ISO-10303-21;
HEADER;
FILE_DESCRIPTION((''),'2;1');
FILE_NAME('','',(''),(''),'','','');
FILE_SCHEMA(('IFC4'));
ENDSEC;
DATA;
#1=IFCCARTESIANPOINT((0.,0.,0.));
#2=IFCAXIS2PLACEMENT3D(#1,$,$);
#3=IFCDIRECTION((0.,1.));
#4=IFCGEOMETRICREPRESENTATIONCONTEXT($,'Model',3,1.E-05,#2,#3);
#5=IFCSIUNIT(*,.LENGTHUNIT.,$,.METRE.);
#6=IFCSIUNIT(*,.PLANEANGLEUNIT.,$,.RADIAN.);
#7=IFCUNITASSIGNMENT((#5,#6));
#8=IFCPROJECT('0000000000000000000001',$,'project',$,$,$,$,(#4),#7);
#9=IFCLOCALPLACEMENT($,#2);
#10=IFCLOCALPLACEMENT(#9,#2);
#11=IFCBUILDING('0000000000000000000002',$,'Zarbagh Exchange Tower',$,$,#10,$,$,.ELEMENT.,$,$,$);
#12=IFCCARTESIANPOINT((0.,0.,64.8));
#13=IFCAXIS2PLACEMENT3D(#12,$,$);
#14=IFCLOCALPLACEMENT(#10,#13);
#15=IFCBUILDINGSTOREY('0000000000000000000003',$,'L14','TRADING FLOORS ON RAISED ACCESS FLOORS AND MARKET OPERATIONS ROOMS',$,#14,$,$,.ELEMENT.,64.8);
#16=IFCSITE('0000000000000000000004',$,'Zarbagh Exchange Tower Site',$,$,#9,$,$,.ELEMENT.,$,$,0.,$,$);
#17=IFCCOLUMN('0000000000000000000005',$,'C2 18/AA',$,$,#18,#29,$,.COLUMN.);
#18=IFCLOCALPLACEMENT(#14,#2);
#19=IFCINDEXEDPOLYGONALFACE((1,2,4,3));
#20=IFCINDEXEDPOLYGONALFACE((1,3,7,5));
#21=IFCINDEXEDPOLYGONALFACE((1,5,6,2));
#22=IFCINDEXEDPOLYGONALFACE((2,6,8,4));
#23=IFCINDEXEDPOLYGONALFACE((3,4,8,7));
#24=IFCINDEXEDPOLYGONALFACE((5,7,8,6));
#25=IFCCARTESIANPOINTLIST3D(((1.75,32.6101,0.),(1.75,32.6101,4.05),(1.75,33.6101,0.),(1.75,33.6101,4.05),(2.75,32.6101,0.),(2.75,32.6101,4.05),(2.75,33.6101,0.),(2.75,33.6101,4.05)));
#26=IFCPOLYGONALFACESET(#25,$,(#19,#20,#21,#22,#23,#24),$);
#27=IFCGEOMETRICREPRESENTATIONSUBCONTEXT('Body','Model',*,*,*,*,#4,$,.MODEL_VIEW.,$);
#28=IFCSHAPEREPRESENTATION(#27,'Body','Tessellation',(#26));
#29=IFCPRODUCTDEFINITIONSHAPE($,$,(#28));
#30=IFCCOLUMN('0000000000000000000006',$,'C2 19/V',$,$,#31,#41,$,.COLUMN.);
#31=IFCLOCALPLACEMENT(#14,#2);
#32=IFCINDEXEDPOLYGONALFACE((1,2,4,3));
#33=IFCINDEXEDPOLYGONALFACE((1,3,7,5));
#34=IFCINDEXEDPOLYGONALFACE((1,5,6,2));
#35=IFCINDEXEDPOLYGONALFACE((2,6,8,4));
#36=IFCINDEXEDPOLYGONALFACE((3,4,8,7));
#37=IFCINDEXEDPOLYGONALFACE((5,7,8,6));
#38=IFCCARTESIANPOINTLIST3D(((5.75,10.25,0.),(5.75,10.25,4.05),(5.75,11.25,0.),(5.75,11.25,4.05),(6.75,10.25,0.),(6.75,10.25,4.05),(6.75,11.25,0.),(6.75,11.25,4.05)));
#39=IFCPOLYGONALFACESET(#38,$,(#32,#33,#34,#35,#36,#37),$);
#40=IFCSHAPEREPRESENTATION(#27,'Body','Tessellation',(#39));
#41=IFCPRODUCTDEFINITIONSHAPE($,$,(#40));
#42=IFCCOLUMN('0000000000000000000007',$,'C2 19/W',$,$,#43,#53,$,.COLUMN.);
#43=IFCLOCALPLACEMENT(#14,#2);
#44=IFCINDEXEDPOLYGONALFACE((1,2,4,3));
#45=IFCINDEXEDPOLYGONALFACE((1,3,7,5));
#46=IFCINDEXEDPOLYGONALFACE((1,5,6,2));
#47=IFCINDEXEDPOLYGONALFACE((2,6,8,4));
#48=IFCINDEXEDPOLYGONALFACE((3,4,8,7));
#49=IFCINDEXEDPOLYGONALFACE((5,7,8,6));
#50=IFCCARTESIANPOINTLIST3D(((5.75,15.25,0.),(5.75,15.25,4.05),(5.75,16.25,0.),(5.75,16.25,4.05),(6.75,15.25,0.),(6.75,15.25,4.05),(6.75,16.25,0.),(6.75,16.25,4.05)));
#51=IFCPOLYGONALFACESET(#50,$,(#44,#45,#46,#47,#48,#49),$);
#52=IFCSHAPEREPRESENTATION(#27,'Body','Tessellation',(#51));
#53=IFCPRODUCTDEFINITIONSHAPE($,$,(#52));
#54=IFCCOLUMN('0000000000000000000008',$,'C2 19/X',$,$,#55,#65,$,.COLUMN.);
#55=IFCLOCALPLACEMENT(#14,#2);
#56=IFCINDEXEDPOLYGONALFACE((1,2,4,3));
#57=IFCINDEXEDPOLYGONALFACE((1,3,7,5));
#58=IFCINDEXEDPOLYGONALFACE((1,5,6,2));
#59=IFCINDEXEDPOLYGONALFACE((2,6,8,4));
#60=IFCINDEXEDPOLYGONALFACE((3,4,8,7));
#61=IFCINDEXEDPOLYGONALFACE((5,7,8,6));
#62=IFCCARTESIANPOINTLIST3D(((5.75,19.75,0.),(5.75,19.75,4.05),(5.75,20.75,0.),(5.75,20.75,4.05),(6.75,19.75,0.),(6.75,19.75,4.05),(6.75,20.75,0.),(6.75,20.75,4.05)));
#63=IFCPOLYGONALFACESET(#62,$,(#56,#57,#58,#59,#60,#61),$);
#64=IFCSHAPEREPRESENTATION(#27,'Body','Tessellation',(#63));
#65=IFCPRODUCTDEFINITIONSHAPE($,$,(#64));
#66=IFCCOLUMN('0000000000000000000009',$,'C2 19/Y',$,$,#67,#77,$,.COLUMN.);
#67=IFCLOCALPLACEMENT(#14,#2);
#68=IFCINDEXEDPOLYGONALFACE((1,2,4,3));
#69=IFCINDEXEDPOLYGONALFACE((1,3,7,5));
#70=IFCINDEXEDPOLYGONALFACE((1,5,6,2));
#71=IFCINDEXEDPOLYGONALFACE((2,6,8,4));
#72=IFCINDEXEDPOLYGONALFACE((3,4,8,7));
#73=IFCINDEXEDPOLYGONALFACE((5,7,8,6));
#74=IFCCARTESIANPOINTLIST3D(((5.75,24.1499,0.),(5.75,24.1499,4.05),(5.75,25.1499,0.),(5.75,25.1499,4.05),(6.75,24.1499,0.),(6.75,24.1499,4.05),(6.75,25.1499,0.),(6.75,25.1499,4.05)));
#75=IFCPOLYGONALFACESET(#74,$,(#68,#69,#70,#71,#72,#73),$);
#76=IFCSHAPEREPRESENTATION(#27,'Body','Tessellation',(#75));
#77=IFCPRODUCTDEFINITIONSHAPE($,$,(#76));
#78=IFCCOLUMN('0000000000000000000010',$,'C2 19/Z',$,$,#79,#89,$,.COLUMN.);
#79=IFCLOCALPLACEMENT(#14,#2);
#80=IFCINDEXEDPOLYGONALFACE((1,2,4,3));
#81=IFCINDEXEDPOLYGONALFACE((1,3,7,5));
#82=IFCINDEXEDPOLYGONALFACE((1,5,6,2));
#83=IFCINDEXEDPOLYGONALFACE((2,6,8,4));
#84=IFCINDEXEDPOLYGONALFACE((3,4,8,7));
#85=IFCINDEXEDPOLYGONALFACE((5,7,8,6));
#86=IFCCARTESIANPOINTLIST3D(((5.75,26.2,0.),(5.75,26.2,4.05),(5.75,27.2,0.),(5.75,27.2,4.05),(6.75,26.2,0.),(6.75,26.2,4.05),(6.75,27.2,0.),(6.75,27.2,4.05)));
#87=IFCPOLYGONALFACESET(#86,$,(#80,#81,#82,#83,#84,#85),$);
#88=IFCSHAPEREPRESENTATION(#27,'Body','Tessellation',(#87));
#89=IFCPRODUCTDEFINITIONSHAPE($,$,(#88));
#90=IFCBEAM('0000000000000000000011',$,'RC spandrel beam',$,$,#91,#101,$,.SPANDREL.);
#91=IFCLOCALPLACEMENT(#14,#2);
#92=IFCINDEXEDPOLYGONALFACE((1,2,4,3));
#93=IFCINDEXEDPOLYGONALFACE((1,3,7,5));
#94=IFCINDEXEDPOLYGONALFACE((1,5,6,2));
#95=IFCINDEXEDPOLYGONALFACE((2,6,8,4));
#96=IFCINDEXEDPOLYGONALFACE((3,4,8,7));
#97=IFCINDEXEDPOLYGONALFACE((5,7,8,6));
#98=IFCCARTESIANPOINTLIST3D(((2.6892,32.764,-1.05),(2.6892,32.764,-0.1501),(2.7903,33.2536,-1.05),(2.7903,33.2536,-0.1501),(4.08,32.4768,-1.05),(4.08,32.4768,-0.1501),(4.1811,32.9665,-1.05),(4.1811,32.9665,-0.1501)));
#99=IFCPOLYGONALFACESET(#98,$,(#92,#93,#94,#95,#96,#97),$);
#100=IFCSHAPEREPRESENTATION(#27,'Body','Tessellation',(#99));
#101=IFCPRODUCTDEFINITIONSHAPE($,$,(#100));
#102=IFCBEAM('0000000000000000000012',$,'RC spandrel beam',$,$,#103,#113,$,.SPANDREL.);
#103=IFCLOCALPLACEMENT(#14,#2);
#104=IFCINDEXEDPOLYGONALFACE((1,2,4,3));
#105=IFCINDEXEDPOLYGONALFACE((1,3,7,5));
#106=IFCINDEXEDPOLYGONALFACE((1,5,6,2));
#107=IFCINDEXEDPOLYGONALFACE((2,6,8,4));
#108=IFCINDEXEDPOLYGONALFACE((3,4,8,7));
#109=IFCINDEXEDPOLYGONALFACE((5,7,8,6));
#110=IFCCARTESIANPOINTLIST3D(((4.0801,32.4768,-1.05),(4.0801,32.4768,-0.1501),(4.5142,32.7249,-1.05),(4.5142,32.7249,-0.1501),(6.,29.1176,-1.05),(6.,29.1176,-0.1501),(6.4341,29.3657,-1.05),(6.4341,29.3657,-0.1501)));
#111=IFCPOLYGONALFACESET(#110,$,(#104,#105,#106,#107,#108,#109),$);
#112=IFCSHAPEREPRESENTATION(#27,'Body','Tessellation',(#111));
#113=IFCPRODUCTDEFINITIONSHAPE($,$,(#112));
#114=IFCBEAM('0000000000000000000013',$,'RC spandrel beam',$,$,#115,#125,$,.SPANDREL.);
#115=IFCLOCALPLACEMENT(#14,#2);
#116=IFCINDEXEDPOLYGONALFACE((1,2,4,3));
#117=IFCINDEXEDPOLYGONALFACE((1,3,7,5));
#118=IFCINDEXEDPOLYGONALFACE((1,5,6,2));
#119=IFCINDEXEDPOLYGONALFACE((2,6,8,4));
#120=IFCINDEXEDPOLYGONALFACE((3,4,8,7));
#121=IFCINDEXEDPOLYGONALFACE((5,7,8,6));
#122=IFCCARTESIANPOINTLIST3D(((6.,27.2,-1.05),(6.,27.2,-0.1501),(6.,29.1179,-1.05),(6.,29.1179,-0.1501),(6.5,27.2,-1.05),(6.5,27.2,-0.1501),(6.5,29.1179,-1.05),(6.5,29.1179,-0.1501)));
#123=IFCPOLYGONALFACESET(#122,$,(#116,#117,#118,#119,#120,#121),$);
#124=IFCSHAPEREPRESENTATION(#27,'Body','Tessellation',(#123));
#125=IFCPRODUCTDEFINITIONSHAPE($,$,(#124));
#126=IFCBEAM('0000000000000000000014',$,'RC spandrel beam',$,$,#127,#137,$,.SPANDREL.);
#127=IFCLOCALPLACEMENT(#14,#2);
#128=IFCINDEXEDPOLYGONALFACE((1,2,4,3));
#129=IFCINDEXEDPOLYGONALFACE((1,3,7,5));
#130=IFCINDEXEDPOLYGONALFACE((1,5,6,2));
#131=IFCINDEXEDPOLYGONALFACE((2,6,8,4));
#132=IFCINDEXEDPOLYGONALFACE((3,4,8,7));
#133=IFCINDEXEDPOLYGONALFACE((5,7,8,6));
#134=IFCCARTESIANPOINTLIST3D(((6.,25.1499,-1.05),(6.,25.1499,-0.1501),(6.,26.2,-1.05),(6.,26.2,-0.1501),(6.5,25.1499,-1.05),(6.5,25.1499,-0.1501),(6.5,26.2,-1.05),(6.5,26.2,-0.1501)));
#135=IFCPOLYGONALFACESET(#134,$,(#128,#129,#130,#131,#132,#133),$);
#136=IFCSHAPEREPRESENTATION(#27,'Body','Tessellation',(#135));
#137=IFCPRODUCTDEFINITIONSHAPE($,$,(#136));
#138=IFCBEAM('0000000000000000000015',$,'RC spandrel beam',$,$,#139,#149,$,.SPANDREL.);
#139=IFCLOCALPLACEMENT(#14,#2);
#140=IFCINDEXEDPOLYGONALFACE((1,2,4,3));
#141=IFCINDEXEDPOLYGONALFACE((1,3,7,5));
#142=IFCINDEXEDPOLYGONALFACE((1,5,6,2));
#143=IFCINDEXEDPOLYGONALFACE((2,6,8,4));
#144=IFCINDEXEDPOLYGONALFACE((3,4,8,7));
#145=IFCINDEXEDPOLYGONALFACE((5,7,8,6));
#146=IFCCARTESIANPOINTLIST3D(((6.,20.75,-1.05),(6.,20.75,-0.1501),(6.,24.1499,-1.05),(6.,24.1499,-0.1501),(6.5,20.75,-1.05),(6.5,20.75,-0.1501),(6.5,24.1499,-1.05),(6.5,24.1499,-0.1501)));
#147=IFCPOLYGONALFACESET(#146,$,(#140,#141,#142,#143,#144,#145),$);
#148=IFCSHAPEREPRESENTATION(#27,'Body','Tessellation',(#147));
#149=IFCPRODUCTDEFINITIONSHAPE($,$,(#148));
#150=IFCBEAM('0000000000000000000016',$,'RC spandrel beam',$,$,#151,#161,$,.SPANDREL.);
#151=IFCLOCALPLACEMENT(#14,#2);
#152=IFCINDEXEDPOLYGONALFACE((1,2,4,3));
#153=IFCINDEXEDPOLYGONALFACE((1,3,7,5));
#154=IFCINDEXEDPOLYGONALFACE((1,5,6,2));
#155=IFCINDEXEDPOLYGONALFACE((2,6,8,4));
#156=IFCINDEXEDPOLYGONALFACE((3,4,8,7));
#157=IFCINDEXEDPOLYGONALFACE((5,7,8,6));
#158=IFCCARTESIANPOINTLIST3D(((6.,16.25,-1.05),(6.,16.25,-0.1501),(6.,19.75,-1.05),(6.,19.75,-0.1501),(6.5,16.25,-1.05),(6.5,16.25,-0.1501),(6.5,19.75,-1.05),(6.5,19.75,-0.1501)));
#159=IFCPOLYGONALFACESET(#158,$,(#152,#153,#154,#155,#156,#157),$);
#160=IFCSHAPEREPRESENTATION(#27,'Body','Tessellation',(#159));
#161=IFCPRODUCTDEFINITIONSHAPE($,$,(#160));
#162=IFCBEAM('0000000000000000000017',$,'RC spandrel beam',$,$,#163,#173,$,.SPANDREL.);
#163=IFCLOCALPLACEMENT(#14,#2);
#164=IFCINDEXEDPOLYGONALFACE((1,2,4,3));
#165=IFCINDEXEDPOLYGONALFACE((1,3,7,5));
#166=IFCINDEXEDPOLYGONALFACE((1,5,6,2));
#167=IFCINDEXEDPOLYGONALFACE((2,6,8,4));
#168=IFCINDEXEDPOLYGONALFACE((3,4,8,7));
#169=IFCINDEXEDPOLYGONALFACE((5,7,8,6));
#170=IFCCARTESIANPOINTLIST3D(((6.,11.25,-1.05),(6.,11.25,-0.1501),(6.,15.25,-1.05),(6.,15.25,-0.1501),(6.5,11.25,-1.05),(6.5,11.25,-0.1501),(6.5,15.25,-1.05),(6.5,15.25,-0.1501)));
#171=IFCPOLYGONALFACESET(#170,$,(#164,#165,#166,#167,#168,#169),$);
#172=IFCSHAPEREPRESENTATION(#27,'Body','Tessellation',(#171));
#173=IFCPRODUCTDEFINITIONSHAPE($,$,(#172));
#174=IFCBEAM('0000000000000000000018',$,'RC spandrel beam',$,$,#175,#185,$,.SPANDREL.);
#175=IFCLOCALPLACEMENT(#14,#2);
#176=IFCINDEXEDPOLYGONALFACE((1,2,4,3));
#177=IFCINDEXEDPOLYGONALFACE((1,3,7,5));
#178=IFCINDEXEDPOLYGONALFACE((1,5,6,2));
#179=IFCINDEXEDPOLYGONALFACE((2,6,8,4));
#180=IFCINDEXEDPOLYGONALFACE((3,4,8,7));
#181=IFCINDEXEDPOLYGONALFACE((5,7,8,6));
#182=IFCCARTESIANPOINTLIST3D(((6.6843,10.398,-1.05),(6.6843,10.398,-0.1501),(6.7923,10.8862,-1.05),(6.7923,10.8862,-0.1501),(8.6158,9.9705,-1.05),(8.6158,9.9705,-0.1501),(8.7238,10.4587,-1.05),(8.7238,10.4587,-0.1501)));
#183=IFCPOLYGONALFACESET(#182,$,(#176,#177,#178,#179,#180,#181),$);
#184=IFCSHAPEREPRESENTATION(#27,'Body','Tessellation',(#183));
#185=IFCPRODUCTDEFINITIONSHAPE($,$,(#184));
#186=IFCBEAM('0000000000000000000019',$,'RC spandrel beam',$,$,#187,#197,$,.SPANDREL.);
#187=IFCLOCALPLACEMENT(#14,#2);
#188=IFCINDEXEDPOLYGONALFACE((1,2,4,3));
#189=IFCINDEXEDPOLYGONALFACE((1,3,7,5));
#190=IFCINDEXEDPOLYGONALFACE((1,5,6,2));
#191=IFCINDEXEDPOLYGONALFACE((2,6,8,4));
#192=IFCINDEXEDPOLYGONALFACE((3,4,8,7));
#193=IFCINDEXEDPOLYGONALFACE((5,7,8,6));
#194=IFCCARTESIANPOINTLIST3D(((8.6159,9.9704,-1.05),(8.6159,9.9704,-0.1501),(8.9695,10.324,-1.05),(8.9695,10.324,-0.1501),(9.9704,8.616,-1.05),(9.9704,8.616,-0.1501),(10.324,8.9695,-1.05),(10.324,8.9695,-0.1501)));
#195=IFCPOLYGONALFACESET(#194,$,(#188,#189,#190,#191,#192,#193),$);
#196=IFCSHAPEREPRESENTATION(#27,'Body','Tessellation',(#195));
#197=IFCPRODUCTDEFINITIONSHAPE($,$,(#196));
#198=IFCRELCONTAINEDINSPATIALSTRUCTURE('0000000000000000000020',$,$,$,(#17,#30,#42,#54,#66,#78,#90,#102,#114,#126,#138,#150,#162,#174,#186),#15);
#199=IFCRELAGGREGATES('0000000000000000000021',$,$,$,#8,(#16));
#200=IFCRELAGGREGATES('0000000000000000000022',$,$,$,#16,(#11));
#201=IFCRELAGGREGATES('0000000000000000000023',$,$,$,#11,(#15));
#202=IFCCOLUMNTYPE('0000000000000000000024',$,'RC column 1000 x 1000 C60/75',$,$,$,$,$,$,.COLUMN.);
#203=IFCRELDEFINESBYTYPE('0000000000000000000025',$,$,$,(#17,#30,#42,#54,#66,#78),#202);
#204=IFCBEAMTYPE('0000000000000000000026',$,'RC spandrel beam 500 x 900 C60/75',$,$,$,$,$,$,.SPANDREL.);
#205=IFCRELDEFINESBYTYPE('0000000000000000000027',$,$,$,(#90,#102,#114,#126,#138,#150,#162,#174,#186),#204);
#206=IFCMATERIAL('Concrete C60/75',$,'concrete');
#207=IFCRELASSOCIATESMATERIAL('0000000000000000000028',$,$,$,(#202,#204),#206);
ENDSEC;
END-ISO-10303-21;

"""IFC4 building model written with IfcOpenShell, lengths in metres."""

from ifc_helpers import new_model, si_unit, direction, frame, origin, origin_2d, place, context, subcontext, project, spatial, rectangle, extrude, material, material_profile, profile_set, type_object, element, save


model = new_model("IFC4")

# Units and contexts
model_context = context("Model", 3, precision=1e-05, world=origin(), true_north=direction((0.0, 1.0)))
body_context = subcontext(model_context, "Body", "Model", "MODEL_VIEW")
ifc_project = project(units=[si_unit("LENGTHUNIT", "METRE"), si_unit("PLANEANGLEUNIT", "RADIAN")], contexts=[model_context])

# Site, building, storey
site_placement = place(None, origin())
site = spatial("IfcSite", under=ifc_project, at=site_placement, Name="Zarbagh Exchange Tower Site", CompositionType="ELEMENT", RefElevation=0.0)
building_placement = place(site_placement, origin())
building = spatial("IfcBuilding", under=site, at=building_placement, Name="Zarbagh Exchange Tower", CompositionType="ELEMENT")
storey_placement = place(building_placement, frame((0.0, 0.0, 64.8)))
storey = spatial("IfcBuildingStorey", under=building, at=storey_placement, Name="L14", Description="TRADING FLOORS ON RAISED ACCESS FLOORS AND MARKET OPERATIONS ROOMS", CompositionType="ELEMENT", Elevation=64.8)

# Columns
ifc_material_1 = material(Name="Concrete C60/75", Category="concrete")
ifc_material_profile_1 = material_profile(ifc_material_1, rectangle(XDim=1.0, YDim=1.0, at=origin_2d()), Name="RC column 1000 x 1000 C60/75")
ifc_profile_set_1 = profile_set([ifc_material_profile_1], Name="Concrete C60/75")
column_type = type_object("IfcColumnType", Name="RC column 1000 x 1000 C60/75", PredefinedType="COLUMN", material=ifc_profile_set_1)
for number, where, z_axis, x_axis, name in (
    (1, (2.25, 33.1101, 0.0), (0.0, 0.0, 1.0), (1.0, 0.0, 0.0), "C2 18/AA"),
    (2, (6.25, 10.75, 0.0), (0.0, 0.0, 1.0), (1.0, 0.0, 0.0), "C2 19/V"),
    (3, (6.25, 15.75, 0.0), (0.0, 0.0, 1.0), (1.0, 0.0, 0.0), "C2 19/W"),
    (4, (6.25, 20.25, 0.0), (0.0, 0.0, 1.0), (1.0, 0.0, 0.0), "C2 19/X"),
    (5, (6.25, 24.6499, 0.0), (0.0, 0.0, 1.0), (1.0, 0.0, 0.0), "C2 19/Y"),
    (6, (6.25, 26.7, 0.0), (0.0, 0.0, 1.0), (1.0, 0.0, 0.0), "C2 19/Z"),
):
    element("IfcColumn", number, at=place(storey_placement, frame(where, z_axis=z_axis, x_axis=x_axis)), inside=storey, type_object=column_type, Name=name, PredefinedType="COLUMN", context=body_context, shape_type="SweptSolid", body=[
        extrude(rectangle(XDim=1.0, YDim=1.0, at=origin_2d()), origin(), (0.0, 0.0, 1.0), 4.05),
    ])

# Beams
ifc_material_profile_2 = material_profile(ifc_material_1, rectangle(XDim=0.5, YDim=0.8999, at=origin_2d()), Name="RC spandrel beam 500 x 900 C60/75")
ifc_profile_set_2 = profile_set([ifc_material_profile_2], Name="Concrete C60/75")
beam_type = type_object("IfcBeamType", Name="RC spandrel beam 500 x 900 C60/75", PredefinedType="SPANDREL", material=ifc_profile_set_2)
beam_1_placement = place(storey_placement, frame((2.7397, 33.0088, -0.6001), z_axis=(0.979352, -0.202162, 0.0), x_axis=(0.202162, 0.979352, 0.0)))
element("IfcBeam", 7, at=beam_1_placement, inside=storey, type_object=beam_type, Name="RC spandrel beam", PredefinedType="SPANDREL", context=body_context, shape_type="SweptSolid", body=[
    extrude(rectangle(XDim=0.5, YDim=0.8999, at=origin_2d()), origin(), (0.0, 0.0, 1.0), 1.4202),
])
beam_2_placement = place(storey_placement, frame((4.2971, 32.6008, -0.6001), z_axis=(0.49622, -0.868197, 0.0), x_axis=(0.868197, 0.49622, 0.0)))
element("IfcBeam", 8, at=beam_2_placement, inside=storey, type_object=beam_type, Name="RC spandrel beam", PredefinedType="SPANDREL", context=body_context, shape_type="SweptSolid", body=[
    extrude(rectangle(XDim=0.5, YDim=0.8999, at=origin_2d()), origin(), (0.0, 0.0, 1.0), 3.8691),
])
beam_3_placement = place(storey_placement, frame((6.25, 29.1179, -0.6001), z_axis=(0.0, -1.0, 0.0), x_axis=(1.0, 0.0, 0.0)))
element("IfcBeam", 9, at=beam_3_placement, inside=storey, type_object=beam_type, Name="RC spandrel beam", PredefinedType="SPANDREL", context=body_context, shape_type="SweptSolid", body=[
    extrude(rectangle(XDim=0.5, YDim=0.8999, at=origin_2d()), origin(), (0.0, 0.0, 1.0), 1.918),
])
beam_4_placement = place(storey_placement, frame((6.25, 26.2, -0.6001), z_axis=(0.0, -1.0, 0.0), x_axis=(1.0, 0.0, 0.0)))
element("IfcBeam", 10, at=beam_4_placement, inside=storey, type_object=beam_type, Name="RC spandrel beam", PredefinedType="SPANDREL", context=body_context, shape_type="SweptSolid", body=[
    extrude(rectangle(XDim=0.5, YDim=0.8999, at=origin_2d()), origin(), (0.0, 0.0, 1.0), 1.05),
])
beam_5_placement = place(storey_placement, frame((6.25, 24.1499, -0.6001), z_axis=(0.0, -1.0, 0.0), x_axis=(1.0, 0.0, 0.0)))
element("IfcBeam", 11, at=beam_5_placement, inside=storey, type_object=beam_type, Name="RC spandrel beam", PredefinedType="SPANDREL", context=body_context, shape_type="SweptSolid", body=[
    extrude(rectangle(XDim=0.5, YDim=0.8999, at=origin_2d()), origin(), (0.0, 0.0, 1.0), 3.3999),
])
beam_6_placement = place(storey_placement, frame((6.25, 19.75, -0.6001), z_axis=(0.0, -1.0, 0.0), x_axis=(1.0, 0.0, 0.0)))
element("IfcBeam", 12, at=beam_6_placement, inside=storey, type_object=beam_type, Name="RC spandrel beam", PredefinedType="SPANDREL", context=body_context, shape_type="SweptSolid", body=[
    extrude(rectangle(XDim=0.5, YDim=0.8999, at=origin_2d()), origin(), (0.0, 0.0, 1.0), 3.5),
])
beam_7_placement = place(storey_placement, frame((6.25, 15.25, -0.6001), z_axis=(0.0, -1.0, 0.0), x_axis=(1.0, 0.0, 0.0)))
element("IfcBeam", 13, at=beam_7_placement, inside=storey, type_object=beam_type, Name="RC spandrel beam", PredefinedType="SPANDREL", context=body_context, shape_type="SweptSolid", body=[
    extrude(rectangle(XDim=0.5, YDim=0.8999, at=origin_2d()), origin(), (0.0, 0.0, 1.0), 4.0),
])
beam_8_placement = place(storey_placement, frame((6.7383, 10.6421, -0.6001), z_axis=(0.976375, -0.216081, 0.0), x_axis=(0.216081, 0.976375, 0.0)))
element("IfcBeam", 14, at=beam_8_placement, inside=storey, type_object=beam_type, Name="RC spandrel beam", PredefinedType="SPANDREL", context=body_context, shape_type="SweptSolid", body=[
    extrude(rectangle(XDim=0.5, YDim=0.8999, at=origin_2d()), origin(), (0.0, 0.0, 1.0), 1.9783),
])
beam_9_placement = place(storey_placement, frame((8.7927, 10.1472, -0.6001), z_axis=(0.707107, -0.707107, 0.0), x_axis=(0.707107, 0.707107, 0.0)))
element("IfcBeam", 15, at=beam_9_placement, inside=storey, type_object=beam_type, Name="RC spandrel beam", PredefinedType="SPANDREL", context=body_context, shape_type="SweptSolid", body=[
    extrude(rectangle(XDim=0.5, YDim=0.8999, at=origin_2d()), origin(), (0.0, 0.0, 1.0), 1.9155),
])

save(model, "model.ifc")
